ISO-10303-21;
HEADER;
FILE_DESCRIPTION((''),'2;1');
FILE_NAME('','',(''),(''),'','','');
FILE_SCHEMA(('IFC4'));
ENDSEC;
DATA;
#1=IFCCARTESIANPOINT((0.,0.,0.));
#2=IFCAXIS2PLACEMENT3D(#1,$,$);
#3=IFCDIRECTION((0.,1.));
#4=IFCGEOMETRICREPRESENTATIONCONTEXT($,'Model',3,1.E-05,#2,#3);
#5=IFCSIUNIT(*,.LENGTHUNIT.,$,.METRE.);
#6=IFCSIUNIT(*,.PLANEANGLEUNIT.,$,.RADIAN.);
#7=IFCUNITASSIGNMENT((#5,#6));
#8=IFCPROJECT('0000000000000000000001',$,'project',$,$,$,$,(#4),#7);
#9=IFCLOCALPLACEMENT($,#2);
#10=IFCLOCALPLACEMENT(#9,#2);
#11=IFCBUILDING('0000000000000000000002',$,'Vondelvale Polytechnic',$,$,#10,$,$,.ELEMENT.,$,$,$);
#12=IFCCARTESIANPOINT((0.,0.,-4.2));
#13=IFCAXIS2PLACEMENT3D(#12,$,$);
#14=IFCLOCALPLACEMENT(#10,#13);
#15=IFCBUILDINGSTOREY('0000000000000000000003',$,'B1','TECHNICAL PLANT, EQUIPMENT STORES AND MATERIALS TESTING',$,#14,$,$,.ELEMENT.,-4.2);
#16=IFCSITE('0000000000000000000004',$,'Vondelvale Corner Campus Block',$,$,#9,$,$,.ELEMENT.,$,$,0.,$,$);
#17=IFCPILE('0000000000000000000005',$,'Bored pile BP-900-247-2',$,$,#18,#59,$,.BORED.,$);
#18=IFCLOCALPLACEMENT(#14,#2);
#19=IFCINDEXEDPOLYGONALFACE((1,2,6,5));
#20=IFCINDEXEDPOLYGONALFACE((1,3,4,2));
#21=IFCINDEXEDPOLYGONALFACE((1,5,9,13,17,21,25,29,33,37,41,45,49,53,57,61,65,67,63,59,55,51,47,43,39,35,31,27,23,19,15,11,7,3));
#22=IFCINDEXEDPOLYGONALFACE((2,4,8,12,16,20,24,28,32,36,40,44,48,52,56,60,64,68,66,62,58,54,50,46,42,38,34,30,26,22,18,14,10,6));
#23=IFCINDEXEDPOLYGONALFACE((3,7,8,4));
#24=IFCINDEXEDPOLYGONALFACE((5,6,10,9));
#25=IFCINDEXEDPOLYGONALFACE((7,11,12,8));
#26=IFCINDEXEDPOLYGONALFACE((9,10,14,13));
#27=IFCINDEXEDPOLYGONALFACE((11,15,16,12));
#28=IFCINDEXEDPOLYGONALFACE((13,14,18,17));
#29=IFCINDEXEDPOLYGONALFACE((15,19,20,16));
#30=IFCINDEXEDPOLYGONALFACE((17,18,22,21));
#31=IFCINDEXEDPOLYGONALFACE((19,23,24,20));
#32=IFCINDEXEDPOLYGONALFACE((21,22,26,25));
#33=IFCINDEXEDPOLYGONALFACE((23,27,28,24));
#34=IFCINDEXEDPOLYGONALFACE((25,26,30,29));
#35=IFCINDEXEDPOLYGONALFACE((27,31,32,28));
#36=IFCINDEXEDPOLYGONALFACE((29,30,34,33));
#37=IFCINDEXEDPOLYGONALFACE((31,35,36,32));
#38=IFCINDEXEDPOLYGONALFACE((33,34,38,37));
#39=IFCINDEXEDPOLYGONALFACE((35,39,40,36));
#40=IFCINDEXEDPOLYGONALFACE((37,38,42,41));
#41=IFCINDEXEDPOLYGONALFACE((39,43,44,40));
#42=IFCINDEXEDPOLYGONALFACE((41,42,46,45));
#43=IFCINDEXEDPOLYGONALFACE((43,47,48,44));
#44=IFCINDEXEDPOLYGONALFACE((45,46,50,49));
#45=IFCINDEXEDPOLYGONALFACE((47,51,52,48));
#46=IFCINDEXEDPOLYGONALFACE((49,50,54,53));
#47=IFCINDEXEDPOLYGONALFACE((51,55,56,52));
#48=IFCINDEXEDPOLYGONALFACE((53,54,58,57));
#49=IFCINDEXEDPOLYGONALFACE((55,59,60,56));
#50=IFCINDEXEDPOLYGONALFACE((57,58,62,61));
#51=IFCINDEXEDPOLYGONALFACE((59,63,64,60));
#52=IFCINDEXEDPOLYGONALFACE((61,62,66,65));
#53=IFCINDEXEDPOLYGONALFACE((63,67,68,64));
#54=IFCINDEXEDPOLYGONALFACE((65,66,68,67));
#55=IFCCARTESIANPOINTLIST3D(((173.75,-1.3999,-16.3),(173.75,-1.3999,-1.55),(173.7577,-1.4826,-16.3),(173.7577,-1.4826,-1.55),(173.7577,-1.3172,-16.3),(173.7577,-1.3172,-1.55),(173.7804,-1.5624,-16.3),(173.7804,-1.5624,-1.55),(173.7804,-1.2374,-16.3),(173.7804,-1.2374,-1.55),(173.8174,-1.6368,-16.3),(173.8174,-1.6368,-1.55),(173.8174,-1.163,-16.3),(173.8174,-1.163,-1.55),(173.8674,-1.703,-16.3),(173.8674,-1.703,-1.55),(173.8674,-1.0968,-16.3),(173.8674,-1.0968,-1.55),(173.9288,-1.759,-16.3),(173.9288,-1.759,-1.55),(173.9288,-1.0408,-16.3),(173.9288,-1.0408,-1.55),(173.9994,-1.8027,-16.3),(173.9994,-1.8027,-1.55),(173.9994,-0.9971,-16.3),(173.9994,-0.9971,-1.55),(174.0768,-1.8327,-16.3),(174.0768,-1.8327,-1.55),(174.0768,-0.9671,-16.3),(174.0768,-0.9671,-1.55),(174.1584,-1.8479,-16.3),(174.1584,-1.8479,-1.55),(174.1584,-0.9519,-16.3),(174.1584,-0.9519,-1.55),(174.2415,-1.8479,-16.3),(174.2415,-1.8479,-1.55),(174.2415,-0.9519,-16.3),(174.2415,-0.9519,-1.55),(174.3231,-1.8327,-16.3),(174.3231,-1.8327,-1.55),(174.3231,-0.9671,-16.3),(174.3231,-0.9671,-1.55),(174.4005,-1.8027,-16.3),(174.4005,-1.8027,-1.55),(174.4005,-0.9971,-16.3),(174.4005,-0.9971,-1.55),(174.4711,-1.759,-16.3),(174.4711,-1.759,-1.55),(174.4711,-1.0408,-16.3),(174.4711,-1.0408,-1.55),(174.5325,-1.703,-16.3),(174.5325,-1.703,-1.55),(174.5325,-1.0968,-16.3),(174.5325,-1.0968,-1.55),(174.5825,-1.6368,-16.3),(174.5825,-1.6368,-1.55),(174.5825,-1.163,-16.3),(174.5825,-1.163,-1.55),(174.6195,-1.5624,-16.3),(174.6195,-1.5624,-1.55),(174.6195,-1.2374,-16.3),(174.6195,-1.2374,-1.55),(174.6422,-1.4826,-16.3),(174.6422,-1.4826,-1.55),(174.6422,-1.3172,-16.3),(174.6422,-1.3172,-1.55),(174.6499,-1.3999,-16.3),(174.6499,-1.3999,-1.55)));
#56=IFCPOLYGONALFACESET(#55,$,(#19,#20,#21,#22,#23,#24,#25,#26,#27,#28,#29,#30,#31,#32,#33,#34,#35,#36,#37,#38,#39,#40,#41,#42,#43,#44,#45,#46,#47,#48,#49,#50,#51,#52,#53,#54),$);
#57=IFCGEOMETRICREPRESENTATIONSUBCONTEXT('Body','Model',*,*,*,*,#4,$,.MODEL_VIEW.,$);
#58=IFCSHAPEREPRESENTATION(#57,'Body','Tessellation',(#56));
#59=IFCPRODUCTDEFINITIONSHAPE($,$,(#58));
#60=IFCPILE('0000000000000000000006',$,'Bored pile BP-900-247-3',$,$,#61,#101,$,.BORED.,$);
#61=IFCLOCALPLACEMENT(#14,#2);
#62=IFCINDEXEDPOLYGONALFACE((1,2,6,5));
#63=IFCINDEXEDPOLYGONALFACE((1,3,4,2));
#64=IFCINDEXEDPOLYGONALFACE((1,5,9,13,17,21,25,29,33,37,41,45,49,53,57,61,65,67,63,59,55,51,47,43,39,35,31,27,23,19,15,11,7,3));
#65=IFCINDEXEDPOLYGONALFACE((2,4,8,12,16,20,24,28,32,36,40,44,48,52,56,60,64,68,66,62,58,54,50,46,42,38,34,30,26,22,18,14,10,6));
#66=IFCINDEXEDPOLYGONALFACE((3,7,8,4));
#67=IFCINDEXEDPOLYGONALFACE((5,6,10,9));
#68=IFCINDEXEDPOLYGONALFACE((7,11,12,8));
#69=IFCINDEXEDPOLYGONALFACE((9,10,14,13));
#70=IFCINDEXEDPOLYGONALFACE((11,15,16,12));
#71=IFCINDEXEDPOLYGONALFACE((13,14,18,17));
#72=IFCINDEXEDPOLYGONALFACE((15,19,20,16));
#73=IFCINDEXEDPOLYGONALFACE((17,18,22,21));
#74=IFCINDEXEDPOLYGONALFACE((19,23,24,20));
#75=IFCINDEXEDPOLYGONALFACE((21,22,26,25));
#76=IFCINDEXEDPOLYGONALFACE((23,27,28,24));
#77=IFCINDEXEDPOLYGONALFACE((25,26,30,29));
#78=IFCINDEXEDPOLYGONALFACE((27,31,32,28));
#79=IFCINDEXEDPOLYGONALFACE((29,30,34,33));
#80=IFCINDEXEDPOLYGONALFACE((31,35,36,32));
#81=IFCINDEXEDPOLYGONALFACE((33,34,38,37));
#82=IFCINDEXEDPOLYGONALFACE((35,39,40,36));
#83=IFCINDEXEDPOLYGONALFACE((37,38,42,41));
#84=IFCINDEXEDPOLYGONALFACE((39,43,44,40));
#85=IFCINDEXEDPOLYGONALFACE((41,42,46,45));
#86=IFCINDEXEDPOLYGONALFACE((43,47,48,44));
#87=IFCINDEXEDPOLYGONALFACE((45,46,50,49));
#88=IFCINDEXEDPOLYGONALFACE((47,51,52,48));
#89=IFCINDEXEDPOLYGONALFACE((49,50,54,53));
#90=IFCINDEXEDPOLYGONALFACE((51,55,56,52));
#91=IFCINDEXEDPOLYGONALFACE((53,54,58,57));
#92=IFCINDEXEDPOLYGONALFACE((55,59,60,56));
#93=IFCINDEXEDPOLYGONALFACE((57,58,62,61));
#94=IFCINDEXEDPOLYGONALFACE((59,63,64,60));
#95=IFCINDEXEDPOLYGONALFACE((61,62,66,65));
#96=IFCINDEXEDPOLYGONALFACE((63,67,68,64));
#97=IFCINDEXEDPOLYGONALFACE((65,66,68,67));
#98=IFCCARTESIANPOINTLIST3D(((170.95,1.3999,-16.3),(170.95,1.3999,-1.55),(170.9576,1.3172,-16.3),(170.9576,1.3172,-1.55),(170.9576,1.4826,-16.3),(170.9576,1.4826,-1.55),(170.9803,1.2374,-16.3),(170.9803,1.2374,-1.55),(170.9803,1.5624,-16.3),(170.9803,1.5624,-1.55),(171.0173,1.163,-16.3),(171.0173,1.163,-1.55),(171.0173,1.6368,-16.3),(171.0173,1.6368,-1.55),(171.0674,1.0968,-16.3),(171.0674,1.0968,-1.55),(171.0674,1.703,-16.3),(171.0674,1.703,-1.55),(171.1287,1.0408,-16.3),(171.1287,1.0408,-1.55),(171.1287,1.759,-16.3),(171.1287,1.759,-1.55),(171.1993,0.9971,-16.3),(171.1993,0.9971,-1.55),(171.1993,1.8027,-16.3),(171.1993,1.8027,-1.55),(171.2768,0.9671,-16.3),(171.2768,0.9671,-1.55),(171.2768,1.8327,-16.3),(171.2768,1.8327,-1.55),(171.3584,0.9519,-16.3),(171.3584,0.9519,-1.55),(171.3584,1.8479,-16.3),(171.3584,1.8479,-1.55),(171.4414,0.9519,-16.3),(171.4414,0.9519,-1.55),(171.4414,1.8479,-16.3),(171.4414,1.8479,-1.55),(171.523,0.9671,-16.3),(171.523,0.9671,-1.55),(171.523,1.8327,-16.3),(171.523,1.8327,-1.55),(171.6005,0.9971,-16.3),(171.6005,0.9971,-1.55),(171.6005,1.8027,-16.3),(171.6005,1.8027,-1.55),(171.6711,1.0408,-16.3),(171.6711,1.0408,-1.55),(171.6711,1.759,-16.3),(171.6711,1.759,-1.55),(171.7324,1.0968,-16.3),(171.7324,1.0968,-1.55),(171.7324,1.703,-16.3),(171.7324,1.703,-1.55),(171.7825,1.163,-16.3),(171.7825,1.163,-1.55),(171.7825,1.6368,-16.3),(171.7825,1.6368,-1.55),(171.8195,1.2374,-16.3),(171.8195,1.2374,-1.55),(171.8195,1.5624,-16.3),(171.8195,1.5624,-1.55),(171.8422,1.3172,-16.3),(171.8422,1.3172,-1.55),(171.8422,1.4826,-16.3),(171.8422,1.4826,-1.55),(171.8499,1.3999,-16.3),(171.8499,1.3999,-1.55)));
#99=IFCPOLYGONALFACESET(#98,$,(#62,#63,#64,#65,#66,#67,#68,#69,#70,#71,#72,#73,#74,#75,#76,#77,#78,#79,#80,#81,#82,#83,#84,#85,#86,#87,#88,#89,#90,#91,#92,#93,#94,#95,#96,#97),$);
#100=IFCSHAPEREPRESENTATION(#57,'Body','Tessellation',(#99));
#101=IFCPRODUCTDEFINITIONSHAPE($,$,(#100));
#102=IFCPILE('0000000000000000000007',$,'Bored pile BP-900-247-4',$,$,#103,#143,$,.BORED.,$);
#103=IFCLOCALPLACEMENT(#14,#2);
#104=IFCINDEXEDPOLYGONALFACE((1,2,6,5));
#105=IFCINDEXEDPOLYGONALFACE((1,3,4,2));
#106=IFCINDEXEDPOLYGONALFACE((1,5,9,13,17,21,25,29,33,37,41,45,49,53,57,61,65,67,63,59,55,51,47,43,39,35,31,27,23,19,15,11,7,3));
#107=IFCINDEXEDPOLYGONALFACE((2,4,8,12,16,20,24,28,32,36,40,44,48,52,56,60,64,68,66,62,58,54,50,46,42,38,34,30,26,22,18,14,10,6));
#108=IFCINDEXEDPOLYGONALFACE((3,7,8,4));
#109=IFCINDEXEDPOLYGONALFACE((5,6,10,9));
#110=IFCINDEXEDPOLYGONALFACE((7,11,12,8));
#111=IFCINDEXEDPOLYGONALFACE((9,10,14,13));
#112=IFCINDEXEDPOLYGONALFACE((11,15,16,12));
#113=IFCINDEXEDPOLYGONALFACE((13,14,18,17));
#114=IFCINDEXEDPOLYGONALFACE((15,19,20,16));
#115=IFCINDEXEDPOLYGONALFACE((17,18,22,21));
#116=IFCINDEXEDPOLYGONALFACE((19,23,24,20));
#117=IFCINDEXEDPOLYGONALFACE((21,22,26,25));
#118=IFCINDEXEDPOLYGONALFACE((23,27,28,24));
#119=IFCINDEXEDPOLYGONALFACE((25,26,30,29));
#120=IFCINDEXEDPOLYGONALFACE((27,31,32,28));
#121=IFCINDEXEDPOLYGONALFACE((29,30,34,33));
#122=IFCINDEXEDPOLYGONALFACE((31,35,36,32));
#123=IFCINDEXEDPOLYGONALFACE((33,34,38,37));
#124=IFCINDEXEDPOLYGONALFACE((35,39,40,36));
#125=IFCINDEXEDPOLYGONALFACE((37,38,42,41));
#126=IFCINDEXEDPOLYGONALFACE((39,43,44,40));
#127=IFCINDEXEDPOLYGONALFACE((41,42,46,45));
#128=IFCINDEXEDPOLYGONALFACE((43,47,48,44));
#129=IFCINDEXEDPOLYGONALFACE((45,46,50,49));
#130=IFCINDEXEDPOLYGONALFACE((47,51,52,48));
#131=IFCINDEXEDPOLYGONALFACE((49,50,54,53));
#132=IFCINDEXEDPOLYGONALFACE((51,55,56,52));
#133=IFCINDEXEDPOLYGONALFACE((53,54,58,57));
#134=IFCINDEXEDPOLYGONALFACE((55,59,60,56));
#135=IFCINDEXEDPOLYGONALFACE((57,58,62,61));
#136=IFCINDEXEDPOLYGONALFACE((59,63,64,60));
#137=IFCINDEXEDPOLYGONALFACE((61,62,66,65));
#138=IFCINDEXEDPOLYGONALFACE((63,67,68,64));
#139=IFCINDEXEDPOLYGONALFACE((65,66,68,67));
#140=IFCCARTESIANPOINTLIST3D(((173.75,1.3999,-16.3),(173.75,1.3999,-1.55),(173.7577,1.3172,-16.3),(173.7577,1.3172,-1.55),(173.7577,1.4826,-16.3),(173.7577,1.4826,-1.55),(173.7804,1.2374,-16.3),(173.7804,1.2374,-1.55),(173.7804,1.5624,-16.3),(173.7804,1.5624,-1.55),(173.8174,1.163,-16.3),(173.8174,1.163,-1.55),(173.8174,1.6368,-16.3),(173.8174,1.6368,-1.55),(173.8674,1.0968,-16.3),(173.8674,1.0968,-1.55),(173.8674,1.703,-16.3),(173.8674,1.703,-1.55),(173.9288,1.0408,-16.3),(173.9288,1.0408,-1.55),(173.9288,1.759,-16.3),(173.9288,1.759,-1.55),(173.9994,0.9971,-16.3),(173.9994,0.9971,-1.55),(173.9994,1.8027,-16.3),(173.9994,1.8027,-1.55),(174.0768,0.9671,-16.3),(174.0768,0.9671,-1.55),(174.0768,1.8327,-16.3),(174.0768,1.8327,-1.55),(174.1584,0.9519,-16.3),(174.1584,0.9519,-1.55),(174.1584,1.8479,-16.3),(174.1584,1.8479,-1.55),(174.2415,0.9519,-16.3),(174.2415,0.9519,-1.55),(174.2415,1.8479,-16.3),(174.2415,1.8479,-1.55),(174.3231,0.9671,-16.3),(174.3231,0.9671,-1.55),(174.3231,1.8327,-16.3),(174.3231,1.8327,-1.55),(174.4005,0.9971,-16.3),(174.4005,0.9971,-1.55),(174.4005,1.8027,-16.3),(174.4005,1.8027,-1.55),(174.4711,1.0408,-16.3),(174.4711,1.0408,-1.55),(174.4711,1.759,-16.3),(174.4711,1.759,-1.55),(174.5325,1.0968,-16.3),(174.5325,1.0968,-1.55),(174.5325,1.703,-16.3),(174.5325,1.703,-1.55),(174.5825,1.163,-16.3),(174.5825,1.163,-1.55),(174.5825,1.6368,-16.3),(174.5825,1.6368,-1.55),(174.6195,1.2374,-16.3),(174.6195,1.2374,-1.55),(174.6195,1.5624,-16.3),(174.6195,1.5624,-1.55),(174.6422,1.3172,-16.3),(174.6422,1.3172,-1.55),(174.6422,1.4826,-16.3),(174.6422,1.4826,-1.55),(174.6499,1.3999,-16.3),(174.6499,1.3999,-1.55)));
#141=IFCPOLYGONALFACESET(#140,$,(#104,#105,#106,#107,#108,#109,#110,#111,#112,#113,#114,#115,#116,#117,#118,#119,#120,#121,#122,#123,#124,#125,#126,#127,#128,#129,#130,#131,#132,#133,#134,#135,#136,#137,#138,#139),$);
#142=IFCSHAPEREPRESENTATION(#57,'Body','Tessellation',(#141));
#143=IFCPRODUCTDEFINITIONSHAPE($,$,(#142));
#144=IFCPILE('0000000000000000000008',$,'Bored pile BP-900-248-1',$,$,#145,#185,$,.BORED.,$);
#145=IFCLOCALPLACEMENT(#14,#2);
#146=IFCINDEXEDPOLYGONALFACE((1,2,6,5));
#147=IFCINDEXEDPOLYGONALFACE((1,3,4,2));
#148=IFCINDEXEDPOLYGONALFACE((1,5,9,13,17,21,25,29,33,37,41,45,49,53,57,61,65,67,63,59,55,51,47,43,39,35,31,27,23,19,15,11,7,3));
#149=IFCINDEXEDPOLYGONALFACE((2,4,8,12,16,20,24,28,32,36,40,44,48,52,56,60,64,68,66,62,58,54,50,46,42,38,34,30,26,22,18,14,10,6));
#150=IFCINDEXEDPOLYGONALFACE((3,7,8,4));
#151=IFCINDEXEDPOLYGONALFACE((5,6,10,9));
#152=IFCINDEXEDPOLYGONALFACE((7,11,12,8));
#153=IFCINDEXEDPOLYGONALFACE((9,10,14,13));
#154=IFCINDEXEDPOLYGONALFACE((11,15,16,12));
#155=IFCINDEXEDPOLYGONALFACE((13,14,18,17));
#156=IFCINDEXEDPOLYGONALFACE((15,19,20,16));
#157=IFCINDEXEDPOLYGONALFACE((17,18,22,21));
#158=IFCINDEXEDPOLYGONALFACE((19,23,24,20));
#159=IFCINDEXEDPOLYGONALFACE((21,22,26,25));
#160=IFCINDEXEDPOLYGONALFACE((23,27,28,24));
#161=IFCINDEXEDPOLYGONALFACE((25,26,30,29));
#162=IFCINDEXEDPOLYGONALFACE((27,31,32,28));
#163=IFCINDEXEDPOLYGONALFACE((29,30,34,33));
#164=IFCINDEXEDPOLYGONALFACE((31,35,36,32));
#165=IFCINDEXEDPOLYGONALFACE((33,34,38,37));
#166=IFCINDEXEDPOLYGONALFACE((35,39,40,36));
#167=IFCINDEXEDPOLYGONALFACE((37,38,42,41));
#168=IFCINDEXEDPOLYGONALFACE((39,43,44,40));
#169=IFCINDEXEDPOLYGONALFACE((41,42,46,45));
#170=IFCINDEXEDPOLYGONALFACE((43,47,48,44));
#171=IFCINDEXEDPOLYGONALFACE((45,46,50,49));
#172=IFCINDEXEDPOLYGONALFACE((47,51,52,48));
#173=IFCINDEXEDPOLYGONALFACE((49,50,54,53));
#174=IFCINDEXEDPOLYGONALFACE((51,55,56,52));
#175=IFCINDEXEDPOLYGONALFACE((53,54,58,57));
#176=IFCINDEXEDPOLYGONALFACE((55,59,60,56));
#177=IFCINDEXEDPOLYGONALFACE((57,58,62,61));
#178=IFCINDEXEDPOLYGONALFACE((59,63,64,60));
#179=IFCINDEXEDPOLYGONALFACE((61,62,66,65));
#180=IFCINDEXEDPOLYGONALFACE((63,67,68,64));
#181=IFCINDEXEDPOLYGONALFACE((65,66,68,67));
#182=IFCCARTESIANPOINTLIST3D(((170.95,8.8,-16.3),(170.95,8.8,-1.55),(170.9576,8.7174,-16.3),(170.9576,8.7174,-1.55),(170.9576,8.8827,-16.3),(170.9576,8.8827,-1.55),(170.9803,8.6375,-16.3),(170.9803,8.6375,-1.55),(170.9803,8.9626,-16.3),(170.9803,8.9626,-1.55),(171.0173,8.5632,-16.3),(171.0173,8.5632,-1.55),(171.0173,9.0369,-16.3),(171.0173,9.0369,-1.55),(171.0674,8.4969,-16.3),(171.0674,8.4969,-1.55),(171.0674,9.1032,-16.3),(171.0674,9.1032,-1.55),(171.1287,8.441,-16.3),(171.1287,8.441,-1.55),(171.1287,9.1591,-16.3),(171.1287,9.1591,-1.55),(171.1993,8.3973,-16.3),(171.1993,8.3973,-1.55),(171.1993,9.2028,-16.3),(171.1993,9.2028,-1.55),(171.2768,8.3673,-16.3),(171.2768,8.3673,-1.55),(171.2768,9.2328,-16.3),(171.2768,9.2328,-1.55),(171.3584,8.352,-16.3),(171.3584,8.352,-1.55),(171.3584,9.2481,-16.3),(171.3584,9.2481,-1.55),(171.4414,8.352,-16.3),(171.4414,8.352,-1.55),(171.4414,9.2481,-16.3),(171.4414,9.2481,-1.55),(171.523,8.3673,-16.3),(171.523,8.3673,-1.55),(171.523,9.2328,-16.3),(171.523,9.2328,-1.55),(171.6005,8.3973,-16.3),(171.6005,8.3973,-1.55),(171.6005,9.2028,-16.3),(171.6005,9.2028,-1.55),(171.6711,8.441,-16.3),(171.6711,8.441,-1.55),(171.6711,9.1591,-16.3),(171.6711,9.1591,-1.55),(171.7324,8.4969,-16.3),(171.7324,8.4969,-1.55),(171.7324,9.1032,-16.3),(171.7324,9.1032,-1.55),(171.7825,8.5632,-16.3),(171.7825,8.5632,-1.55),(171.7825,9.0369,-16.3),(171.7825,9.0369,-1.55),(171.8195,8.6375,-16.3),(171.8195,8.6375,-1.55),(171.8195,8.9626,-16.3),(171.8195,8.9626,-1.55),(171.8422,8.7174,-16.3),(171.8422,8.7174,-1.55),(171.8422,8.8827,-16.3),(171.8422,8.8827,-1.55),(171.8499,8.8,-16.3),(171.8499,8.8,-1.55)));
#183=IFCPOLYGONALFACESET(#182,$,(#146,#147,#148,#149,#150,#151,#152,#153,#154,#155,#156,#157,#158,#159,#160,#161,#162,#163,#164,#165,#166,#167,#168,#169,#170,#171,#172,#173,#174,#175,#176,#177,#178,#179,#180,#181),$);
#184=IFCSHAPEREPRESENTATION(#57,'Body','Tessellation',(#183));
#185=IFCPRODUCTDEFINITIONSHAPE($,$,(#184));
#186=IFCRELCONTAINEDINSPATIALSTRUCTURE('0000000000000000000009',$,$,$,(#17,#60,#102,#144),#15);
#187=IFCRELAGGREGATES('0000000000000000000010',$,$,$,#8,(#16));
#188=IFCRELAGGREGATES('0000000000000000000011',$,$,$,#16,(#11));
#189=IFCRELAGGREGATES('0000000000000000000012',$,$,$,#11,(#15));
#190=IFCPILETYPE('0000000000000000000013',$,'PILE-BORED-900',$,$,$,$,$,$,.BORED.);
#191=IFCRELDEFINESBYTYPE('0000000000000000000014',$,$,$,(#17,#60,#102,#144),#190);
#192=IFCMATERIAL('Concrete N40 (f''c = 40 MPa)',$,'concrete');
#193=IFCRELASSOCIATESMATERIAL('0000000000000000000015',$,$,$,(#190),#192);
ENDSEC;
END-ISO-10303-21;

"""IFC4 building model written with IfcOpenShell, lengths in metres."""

from ifc_helpers import new_model, si_unit, direction, frame, origin, origin_2d, place, context, subcontext, project, spatial, circle, extrude, material, material_profile, profile_set, type_object, element, save


model = new_model("IFC4")

# Units and contexts
model_context = context("Model", 3, precision=1e-05, world=origin(), true_north=direction((0.0, 1.0)))
body_context = subcontext(model_context, "Body", "Model", "MODEL_VIEW")
ifc_project = project(units=[si_unit("LENGTHUNIT", "METRE"), si_unit("PLANEANGLEUNIT", "RADIAN")], contexts=[model_context])

# Site, building, storey
site_placement = place(None, origin())
site = spatial("IfcSite", under=ifc_project, at=site_placement, Name="Vondelvale Corner Campus Block", CompositionType="ELEMENT", RefElevation=0.0)
building_placement = place(site_placement, origin())
building = spatial("IfcBuilding", under=site, at=building_placement, Name="Vondelvale Polytechnic", CompositionType="ELEMENT")
storey_placement = place(building_placement, frame((0.0, 0.0, -4.2)))
storey = spatial("IfcBuildingStorey", under=building, at=storey_placement, Name="B1", Description="TECHNICAL PLANT, EQUIPMENT STORES AND MATERIALS TESTING", CompositionType="ELEMENT", Elevation=-4.2)

# Shared definitions
ifc_material_1 = material(Name="Concrete N40 (f'c = 40 MPa)", Category="concrete")

# Piles
ifc_material_profile_1 = material_profile(ifc_material_1, circle(Radius=0.45, at=origin_2d()), Name="PILE-D900")
ifc_profile_set_1 = profile_set([ifc_material_profile_1], Name="Concrete N40 (f'c = 40 MPa)")
pile_type_1 = type_object("IfcPileType", Name="PILE-BORED-900", PredefinedType="BORED", material=ifc_profile_set_1)
for number, where, z_axis, x_axis, name in (
    (1, (174.2, -1.3999, -1.55), (0.0, 0.0, -1.0), (1.0, 0.0, 0.0), "Bored pile BP-900-247-2"),
    (2, (171.3999, 1.3999, -1.55), (0.0, 0.0, -1.0), (1.0, 0.0, 0.0), "Bored pile BP-900-247-3"),
    (3, (174.2, 1.3999, -1.55), (0.0, 0.0, -1.0), (1.0, 0.0, 0.0), "Bored pile BP-900-247-4"),
    (4, (171.3999, 8.8, -1.55), (0.0, 0.0, -1.0), (1.0, 0.0, 0.0), "Bored pile BP-900-248-1"),
):
    element("IfcPile", number, at=place(storey_placement, frame(where, z_axis=z_axis, x_axis=x_axis)), inside=storey, type_object=pile_type_1, Name=name, PredefinedType="BORED", context=body_context, shape_type="SweptSolid", body=[
        extrude(circle(Radius=0.45, at=origin_2d()), origin(), (0.0, 0.0, 1.0), 14.75),
    ])

save(model, "model.ifc")
